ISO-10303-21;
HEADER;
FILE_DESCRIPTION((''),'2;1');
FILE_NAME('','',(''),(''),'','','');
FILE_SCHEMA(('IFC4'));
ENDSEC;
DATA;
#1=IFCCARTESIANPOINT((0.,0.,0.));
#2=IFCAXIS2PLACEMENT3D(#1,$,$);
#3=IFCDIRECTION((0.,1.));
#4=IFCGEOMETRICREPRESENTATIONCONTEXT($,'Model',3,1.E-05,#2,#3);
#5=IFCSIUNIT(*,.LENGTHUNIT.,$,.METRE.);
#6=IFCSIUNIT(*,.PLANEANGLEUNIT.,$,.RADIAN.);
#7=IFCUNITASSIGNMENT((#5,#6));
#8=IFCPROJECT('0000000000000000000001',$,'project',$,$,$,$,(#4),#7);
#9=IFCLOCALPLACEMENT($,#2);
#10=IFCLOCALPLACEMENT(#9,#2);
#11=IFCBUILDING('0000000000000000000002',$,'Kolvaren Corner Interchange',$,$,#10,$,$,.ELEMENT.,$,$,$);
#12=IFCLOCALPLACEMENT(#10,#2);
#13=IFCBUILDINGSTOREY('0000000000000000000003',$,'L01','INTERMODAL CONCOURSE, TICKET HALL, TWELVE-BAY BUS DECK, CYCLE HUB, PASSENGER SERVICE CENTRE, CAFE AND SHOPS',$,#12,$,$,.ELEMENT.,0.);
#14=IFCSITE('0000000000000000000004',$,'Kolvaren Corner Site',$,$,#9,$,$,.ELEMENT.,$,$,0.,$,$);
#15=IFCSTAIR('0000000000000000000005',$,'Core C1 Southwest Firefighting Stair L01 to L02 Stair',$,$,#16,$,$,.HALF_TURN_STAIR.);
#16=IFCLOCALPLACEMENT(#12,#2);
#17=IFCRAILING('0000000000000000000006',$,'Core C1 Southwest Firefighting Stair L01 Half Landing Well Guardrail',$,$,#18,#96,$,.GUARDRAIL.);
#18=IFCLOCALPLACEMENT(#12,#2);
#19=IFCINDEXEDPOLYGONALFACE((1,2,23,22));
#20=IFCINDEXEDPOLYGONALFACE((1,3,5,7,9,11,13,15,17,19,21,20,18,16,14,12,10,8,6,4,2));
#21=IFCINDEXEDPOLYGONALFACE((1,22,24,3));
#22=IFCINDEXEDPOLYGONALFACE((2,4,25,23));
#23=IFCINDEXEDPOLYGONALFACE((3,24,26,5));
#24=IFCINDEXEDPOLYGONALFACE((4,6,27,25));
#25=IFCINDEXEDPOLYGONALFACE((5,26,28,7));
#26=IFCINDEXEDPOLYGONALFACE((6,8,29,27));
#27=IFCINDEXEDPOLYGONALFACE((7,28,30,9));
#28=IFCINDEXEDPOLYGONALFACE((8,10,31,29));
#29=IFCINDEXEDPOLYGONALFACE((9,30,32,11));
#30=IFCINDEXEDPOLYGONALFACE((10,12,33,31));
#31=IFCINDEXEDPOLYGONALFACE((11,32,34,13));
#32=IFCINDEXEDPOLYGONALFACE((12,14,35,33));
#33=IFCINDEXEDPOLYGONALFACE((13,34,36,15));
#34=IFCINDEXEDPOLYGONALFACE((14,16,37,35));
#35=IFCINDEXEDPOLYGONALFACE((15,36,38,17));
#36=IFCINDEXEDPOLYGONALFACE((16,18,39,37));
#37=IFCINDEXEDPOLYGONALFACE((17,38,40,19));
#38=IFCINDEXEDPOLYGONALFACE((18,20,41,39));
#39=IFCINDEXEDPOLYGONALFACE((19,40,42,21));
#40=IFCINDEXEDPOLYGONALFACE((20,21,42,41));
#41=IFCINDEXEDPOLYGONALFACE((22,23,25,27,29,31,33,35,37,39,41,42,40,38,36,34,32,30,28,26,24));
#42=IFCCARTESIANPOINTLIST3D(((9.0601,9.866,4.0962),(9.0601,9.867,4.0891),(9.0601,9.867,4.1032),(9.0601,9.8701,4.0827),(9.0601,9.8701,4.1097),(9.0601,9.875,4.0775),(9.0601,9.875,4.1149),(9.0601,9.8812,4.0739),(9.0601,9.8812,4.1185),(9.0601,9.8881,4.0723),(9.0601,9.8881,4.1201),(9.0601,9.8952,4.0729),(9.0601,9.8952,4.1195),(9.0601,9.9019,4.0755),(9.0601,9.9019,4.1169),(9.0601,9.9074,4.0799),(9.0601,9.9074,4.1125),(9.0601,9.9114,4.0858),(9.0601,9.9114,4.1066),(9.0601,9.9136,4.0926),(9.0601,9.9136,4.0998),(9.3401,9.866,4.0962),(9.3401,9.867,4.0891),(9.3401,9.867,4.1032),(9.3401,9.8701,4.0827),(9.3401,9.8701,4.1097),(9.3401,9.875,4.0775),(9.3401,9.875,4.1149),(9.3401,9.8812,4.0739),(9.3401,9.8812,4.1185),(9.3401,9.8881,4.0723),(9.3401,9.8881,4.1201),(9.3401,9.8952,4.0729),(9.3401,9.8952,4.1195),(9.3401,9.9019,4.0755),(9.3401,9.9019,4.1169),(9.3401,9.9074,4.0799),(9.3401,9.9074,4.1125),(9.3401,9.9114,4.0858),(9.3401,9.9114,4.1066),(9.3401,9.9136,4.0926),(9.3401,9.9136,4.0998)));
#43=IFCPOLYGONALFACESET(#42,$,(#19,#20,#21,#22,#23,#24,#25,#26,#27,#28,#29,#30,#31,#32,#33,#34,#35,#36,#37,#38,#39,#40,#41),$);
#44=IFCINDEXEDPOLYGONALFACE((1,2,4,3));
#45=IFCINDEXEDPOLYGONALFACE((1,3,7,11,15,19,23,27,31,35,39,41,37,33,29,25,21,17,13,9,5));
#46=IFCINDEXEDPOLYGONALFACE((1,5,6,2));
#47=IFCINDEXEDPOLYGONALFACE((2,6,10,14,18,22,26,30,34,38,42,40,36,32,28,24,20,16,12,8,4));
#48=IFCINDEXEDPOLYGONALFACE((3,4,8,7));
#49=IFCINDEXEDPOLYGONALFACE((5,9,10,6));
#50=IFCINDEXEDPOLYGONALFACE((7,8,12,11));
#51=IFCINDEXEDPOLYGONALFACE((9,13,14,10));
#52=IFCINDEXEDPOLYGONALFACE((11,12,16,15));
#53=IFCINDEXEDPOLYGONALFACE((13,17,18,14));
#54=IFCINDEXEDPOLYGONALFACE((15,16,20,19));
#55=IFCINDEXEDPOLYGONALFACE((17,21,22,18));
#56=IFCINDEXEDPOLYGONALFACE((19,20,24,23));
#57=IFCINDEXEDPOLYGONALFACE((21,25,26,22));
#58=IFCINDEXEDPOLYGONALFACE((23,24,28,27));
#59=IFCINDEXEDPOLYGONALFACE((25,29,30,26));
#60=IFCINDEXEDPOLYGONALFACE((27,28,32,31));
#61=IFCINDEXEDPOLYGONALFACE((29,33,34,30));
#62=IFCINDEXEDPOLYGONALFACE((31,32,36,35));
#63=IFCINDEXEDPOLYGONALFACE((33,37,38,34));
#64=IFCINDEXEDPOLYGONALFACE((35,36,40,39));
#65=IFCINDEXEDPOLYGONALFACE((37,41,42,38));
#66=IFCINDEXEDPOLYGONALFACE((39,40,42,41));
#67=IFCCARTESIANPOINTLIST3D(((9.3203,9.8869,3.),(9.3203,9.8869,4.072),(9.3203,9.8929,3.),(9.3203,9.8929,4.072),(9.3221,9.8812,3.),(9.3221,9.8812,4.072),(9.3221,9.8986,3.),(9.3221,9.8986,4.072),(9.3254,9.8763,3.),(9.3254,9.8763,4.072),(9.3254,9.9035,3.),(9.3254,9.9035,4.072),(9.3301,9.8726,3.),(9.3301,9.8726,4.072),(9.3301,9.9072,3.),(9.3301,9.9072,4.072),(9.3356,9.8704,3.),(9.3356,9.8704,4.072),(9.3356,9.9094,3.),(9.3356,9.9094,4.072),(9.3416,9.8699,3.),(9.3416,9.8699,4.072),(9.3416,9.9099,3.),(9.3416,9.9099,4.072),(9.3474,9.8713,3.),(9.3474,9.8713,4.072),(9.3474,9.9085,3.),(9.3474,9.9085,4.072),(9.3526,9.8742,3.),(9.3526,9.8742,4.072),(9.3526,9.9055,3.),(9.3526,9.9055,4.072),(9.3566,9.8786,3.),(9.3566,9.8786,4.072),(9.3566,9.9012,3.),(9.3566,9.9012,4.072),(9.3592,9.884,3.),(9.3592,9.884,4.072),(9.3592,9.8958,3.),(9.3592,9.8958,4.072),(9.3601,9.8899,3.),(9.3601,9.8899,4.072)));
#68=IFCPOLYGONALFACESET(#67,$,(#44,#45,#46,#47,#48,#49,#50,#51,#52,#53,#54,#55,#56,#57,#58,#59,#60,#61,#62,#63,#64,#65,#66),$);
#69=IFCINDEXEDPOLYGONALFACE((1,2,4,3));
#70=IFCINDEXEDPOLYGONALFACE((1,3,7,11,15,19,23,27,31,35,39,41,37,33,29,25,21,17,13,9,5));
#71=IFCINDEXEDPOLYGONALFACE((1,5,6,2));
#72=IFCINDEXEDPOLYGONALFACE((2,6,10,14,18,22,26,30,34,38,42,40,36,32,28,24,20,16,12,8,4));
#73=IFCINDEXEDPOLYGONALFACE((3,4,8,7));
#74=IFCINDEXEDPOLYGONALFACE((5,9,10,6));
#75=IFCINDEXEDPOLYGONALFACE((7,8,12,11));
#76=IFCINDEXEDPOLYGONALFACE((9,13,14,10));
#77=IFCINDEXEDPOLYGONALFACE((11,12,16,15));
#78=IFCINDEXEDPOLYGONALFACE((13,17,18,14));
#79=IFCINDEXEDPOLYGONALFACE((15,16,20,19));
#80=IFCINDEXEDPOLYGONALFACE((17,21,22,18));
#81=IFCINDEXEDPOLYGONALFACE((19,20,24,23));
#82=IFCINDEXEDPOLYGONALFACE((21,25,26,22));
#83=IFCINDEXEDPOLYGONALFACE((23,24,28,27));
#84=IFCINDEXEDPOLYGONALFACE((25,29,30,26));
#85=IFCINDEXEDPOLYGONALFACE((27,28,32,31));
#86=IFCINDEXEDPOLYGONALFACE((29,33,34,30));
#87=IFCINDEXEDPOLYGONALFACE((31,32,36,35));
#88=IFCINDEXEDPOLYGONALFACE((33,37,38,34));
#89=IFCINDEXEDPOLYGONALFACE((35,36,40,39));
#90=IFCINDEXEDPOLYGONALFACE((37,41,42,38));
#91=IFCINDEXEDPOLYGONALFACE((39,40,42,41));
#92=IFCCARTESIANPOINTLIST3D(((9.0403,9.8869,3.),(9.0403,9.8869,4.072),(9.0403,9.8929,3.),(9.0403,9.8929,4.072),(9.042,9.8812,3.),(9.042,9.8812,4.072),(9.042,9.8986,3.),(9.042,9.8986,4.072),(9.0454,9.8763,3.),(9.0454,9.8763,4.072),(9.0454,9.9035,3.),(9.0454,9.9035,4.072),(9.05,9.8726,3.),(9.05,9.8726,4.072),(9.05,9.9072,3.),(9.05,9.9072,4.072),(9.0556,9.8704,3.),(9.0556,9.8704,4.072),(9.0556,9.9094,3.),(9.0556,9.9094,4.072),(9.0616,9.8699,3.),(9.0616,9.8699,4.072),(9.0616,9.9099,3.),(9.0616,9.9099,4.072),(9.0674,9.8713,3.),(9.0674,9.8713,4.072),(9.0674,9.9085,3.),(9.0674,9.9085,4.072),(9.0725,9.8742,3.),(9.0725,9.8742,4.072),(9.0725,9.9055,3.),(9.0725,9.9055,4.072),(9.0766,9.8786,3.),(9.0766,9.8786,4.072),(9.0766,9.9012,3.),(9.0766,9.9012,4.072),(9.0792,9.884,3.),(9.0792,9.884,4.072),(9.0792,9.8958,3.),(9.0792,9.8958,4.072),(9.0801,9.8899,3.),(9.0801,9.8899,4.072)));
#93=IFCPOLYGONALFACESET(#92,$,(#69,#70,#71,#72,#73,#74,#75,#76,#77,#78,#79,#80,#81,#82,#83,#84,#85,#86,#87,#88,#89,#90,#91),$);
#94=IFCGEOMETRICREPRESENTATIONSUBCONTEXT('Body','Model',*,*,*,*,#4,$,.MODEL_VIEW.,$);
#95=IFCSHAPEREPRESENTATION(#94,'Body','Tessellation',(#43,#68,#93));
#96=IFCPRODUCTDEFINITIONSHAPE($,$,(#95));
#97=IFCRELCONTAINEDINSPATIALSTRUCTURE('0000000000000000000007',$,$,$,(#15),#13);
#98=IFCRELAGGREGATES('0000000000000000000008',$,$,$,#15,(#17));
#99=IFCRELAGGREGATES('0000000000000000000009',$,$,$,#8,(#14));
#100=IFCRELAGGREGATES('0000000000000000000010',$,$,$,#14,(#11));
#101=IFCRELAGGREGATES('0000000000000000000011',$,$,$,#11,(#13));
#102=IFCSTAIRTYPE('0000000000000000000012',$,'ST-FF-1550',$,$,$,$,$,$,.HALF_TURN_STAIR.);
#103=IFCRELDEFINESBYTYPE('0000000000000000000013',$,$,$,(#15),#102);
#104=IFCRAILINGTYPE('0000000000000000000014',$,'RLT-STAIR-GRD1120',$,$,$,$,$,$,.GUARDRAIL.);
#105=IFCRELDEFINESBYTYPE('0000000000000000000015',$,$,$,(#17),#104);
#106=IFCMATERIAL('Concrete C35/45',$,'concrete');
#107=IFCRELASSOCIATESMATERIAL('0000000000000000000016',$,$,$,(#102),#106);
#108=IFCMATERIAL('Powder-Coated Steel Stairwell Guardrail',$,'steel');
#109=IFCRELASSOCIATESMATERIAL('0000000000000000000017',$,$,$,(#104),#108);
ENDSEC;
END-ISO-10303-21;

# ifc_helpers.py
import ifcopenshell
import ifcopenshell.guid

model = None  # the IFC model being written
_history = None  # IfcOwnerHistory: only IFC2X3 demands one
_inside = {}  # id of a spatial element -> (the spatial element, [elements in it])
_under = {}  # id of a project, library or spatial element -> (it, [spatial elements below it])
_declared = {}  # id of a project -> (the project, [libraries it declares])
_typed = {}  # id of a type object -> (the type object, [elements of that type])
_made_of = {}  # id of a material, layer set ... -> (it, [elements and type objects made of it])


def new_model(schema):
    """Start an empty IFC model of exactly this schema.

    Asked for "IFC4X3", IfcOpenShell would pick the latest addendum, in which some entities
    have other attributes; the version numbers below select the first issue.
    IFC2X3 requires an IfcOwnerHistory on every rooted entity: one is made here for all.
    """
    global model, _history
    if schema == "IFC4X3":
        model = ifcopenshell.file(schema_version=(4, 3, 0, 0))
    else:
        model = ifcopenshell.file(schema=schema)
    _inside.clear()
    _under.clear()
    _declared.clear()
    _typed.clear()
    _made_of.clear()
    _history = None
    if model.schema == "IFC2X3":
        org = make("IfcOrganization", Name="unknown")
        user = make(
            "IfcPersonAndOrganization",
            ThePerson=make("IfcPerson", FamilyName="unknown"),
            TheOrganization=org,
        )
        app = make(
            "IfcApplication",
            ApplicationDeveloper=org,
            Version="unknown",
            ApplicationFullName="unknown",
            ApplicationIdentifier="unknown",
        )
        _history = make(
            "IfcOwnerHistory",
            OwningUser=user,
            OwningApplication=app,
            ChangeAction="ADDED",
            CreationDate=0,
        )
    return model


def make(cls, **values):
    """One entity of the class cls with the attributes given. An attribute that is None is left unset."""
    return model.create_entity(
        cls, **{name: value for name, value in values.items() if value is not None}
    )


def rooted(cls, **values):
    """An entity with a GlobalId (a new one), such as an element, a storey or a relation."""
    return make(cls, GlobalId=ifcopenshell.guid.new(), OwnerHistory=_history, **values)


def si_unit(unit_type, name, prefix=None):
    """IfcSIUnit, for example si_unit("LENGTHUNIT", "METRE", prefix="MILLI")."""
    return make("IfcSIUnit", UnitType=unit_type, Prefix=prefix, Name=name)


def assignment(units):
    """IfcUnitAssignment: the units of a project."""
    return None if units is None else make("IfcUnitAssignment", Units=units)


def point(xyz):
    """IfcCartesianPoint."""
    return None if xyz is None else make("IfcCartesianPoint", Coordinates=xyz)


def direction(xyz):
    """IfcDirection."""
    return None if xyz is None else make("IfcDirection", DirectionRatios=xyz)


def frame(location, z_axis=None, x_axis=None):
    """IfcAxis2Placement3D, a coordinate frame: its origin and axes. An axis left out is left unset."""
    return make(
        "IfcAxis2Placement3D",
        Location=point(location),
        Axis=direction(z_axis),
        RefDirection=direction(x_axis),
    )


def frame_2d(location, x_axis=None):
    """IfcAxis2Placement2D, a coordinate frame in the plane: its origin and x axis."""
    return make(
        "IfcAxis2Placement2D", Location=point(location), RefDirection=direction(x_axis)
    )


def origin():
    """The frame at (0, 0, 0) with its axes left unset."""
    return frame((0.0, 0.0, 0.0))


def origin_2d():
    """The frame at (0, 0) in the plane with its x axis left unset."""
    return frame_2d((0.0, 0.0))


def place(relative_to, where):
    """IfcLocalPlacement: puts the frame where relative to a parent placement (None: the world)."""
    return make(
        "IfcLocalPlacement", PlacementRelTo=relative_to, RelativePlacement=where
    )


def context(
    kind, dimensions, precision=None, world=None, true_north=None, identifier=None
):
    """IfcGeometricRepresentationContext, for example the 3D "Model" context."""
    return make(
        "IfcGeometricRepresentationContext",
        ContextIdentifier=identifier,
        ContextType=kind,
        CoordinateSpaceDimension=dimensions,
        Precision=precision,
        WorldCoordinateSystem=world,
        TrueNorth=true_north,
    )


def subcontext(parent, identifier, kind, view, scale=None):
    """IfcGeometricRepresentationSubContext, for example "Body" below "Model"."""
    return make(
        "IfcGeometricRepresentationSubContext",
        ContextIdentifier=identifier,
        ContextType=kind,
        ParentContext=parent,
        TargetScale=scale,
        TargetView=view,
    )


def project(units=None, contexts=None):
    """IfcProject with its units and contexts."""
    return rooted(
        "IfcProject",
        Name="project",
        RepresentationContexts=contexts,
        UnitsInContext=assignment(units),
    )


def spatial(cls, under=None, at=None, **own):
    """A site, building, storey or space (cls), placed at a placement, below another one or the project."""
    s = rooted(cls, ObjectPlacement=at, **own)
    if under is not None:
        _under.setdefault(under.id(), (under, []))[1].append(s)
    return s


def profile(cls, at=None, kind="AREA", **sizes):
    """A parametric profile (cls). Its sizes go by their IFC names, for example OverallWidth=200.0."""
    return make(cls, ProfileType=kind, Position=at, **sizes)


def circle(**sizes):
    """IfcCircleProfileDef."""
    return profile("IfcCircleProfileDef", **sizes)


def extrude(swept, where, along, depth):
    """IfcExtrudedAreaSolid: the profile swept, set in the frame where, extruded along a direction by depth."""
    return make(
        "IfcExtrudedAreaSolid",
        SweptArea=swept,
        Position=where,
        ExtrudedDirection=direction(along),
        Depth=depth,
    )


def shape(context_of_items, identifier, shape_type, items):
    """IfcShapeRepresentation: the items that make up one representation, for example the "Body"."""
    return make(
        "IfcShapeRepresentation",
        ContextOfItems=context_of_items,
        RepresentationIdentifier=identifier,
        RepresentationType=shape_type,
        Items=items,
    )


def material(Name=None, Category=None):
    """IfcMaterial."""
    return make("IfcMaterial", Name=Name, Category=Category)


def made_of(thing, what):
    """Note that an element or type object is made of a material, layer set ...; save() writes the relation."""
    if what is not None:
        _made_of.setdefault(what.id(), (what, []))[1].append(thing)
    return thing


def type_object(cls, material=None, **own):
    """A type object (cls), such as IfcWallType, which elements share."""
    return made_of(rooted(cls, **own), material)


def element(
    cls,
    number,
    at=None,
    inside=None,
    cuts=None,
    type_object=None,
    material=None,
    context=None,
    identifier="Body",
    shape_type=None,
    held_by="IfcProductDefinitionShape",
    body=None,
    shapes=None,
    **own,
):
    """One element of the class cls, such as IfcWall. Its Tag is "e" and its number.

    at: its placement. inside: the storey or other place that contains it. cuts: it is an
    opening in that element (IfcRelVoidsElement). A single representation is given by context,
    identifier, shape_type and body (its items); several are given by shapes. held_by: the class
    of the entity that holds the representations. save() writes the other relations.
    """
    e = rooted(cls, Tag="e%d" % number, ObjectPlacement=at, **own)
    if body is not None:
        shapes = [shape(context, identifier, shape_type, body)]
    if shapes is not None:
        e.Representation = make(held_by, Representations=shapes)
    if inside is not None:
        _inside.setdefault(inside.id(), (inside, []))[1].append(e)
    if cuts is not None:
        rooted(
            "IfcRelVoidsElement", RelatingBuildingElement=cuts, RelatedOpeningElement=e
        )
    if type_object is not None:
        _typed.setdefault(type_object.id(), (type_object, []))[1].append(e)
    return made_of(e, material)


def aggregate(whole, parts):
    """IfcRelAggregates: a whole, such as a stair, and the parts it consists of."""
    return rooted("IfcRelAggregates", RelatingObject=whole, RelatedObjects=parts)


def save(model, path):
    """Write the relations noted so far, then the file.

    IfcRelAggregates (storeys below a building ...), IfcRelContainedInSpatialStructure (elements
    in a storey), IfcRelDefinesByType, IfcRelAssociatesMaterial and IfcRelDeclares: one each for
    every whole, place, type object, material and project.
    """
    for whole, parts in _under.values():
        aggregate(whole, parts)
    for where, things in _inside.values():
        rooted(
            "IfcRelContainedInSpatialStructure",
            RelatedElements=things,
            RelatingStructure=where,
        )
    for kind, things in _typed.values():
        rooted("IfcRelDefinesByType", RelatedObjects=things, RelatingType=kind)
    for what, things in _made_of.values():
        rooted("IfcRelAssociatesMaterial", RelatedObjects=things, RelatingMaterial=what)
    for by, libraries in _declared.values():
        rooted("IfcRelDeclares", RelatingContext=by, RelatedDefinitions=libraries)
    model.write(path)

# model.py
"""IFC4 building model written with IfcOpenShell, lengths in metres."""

from ifc_helpers import new_model, si_unit, direction, frame, origin, origin_2d, place, context, subcontext, project, spatial, circle, extrude, material, type_object, element, aggregate, save


model = new_model("IFC4")

# Units and contexts
model_context = context("Model", 3, precision=1e-05, world=origin(), true_north=direction((0.0, 1.0)))
body_context = subcontext(model_context, "Body", "Model", "MODEL_VIEW")
ifc_project = project(units=[si_unit("LENGTHUNIT", "METRE"), si_unit("PLANEANGLEUNIT", "RADIAN")], contexts=[model_context])

# Site, building, storey
site_placement = place(None, origin())
site = spatial("IfcSite", under=ifc_project, at=site_placement, Name="Kolvaren Corner Site", CompositionType="ELEMENT", RefElevation=0.0)
building_placement = place(site_placement, origin())
building = spatial("IfcBuilding", under=site, at=building_placement, Name="Kolvaren Corner Interchange", CompositionType="ELEMENT")
storey_placement = place(building_placement, origin())
storey = spatial("IfcBuildingStorey", under=building, at=storey_placement, Name="L01", Description="INTERMODAL CONCOURSE, TICKET HALL, TWELVE-BAY BUS DECK, CYCLE HUB, PASSENGER SERVICE CENTRE, CAFE AND SHOPS", CompositionType="ELEMENT", Elevation=0.0)

# Stair
ifc_material_1 = material(Name="Concrete C35/45", Category="concrete")
stair_type = type_object("IfcStairType", Name="ST-FF-1550", PredefinedType="HALF_TURN_STAIR", material=ifc_material_1)
stair_placement = place(storey_placement, origin())
stair = element("IfcStair", 1, at=stair_placement, inside=storey, type_object=stair_type, Name="Core C1 Southwest Firefighting Stair L01 to L02 Stair", PredefinedType="HALF_TURN_STAIR")

# Railing
ifc_material_2 = material(Name="Powder-Coated Steel Stairwell Guardrail", Category="steel")
railing_type_1 = type_object("IfcRailingType", Name="RLT-STAIR-GRD1120", PredefinedType="GUARDRAIL", material=ifc_material_2)
railing_1_placement = place(storey_placement, frame((9.3401, 9.8899, 3.0)))
railing_1 = element("IfcRailing", 2, at=railing_1_placement, type_object=railing_type_1, Name="Core C1 Southwest Firefighting Stair L01 Half Landing Well Guardrail", PredefinedType="GUARDRAIL", context=body_context, shape_type="SweptSolid", body=[
    extrude(circle(Radius=0.0239, at=origin_2d()), frame((0.0, 0.0, 1.0962), z_axis=(-1.0, 0.0, 0.0), x_axis=(0.0, -1.0, 0.0)), (0.0, 0.0, 1.0), 0.28),
    extrude(circle(Radius=0.02, at=origin_2d()), origin(), (0.0, 0.0, 1.0), 1.072),
    extrude(circle(Radius=0.02, at=origin_2d()), frame((-0.28, 0.0, 0.0)), (0.0, 0.0, 1.0), 1.072),
])
aggregate(stair, [railing_1])

save(model, "model.ifc")
